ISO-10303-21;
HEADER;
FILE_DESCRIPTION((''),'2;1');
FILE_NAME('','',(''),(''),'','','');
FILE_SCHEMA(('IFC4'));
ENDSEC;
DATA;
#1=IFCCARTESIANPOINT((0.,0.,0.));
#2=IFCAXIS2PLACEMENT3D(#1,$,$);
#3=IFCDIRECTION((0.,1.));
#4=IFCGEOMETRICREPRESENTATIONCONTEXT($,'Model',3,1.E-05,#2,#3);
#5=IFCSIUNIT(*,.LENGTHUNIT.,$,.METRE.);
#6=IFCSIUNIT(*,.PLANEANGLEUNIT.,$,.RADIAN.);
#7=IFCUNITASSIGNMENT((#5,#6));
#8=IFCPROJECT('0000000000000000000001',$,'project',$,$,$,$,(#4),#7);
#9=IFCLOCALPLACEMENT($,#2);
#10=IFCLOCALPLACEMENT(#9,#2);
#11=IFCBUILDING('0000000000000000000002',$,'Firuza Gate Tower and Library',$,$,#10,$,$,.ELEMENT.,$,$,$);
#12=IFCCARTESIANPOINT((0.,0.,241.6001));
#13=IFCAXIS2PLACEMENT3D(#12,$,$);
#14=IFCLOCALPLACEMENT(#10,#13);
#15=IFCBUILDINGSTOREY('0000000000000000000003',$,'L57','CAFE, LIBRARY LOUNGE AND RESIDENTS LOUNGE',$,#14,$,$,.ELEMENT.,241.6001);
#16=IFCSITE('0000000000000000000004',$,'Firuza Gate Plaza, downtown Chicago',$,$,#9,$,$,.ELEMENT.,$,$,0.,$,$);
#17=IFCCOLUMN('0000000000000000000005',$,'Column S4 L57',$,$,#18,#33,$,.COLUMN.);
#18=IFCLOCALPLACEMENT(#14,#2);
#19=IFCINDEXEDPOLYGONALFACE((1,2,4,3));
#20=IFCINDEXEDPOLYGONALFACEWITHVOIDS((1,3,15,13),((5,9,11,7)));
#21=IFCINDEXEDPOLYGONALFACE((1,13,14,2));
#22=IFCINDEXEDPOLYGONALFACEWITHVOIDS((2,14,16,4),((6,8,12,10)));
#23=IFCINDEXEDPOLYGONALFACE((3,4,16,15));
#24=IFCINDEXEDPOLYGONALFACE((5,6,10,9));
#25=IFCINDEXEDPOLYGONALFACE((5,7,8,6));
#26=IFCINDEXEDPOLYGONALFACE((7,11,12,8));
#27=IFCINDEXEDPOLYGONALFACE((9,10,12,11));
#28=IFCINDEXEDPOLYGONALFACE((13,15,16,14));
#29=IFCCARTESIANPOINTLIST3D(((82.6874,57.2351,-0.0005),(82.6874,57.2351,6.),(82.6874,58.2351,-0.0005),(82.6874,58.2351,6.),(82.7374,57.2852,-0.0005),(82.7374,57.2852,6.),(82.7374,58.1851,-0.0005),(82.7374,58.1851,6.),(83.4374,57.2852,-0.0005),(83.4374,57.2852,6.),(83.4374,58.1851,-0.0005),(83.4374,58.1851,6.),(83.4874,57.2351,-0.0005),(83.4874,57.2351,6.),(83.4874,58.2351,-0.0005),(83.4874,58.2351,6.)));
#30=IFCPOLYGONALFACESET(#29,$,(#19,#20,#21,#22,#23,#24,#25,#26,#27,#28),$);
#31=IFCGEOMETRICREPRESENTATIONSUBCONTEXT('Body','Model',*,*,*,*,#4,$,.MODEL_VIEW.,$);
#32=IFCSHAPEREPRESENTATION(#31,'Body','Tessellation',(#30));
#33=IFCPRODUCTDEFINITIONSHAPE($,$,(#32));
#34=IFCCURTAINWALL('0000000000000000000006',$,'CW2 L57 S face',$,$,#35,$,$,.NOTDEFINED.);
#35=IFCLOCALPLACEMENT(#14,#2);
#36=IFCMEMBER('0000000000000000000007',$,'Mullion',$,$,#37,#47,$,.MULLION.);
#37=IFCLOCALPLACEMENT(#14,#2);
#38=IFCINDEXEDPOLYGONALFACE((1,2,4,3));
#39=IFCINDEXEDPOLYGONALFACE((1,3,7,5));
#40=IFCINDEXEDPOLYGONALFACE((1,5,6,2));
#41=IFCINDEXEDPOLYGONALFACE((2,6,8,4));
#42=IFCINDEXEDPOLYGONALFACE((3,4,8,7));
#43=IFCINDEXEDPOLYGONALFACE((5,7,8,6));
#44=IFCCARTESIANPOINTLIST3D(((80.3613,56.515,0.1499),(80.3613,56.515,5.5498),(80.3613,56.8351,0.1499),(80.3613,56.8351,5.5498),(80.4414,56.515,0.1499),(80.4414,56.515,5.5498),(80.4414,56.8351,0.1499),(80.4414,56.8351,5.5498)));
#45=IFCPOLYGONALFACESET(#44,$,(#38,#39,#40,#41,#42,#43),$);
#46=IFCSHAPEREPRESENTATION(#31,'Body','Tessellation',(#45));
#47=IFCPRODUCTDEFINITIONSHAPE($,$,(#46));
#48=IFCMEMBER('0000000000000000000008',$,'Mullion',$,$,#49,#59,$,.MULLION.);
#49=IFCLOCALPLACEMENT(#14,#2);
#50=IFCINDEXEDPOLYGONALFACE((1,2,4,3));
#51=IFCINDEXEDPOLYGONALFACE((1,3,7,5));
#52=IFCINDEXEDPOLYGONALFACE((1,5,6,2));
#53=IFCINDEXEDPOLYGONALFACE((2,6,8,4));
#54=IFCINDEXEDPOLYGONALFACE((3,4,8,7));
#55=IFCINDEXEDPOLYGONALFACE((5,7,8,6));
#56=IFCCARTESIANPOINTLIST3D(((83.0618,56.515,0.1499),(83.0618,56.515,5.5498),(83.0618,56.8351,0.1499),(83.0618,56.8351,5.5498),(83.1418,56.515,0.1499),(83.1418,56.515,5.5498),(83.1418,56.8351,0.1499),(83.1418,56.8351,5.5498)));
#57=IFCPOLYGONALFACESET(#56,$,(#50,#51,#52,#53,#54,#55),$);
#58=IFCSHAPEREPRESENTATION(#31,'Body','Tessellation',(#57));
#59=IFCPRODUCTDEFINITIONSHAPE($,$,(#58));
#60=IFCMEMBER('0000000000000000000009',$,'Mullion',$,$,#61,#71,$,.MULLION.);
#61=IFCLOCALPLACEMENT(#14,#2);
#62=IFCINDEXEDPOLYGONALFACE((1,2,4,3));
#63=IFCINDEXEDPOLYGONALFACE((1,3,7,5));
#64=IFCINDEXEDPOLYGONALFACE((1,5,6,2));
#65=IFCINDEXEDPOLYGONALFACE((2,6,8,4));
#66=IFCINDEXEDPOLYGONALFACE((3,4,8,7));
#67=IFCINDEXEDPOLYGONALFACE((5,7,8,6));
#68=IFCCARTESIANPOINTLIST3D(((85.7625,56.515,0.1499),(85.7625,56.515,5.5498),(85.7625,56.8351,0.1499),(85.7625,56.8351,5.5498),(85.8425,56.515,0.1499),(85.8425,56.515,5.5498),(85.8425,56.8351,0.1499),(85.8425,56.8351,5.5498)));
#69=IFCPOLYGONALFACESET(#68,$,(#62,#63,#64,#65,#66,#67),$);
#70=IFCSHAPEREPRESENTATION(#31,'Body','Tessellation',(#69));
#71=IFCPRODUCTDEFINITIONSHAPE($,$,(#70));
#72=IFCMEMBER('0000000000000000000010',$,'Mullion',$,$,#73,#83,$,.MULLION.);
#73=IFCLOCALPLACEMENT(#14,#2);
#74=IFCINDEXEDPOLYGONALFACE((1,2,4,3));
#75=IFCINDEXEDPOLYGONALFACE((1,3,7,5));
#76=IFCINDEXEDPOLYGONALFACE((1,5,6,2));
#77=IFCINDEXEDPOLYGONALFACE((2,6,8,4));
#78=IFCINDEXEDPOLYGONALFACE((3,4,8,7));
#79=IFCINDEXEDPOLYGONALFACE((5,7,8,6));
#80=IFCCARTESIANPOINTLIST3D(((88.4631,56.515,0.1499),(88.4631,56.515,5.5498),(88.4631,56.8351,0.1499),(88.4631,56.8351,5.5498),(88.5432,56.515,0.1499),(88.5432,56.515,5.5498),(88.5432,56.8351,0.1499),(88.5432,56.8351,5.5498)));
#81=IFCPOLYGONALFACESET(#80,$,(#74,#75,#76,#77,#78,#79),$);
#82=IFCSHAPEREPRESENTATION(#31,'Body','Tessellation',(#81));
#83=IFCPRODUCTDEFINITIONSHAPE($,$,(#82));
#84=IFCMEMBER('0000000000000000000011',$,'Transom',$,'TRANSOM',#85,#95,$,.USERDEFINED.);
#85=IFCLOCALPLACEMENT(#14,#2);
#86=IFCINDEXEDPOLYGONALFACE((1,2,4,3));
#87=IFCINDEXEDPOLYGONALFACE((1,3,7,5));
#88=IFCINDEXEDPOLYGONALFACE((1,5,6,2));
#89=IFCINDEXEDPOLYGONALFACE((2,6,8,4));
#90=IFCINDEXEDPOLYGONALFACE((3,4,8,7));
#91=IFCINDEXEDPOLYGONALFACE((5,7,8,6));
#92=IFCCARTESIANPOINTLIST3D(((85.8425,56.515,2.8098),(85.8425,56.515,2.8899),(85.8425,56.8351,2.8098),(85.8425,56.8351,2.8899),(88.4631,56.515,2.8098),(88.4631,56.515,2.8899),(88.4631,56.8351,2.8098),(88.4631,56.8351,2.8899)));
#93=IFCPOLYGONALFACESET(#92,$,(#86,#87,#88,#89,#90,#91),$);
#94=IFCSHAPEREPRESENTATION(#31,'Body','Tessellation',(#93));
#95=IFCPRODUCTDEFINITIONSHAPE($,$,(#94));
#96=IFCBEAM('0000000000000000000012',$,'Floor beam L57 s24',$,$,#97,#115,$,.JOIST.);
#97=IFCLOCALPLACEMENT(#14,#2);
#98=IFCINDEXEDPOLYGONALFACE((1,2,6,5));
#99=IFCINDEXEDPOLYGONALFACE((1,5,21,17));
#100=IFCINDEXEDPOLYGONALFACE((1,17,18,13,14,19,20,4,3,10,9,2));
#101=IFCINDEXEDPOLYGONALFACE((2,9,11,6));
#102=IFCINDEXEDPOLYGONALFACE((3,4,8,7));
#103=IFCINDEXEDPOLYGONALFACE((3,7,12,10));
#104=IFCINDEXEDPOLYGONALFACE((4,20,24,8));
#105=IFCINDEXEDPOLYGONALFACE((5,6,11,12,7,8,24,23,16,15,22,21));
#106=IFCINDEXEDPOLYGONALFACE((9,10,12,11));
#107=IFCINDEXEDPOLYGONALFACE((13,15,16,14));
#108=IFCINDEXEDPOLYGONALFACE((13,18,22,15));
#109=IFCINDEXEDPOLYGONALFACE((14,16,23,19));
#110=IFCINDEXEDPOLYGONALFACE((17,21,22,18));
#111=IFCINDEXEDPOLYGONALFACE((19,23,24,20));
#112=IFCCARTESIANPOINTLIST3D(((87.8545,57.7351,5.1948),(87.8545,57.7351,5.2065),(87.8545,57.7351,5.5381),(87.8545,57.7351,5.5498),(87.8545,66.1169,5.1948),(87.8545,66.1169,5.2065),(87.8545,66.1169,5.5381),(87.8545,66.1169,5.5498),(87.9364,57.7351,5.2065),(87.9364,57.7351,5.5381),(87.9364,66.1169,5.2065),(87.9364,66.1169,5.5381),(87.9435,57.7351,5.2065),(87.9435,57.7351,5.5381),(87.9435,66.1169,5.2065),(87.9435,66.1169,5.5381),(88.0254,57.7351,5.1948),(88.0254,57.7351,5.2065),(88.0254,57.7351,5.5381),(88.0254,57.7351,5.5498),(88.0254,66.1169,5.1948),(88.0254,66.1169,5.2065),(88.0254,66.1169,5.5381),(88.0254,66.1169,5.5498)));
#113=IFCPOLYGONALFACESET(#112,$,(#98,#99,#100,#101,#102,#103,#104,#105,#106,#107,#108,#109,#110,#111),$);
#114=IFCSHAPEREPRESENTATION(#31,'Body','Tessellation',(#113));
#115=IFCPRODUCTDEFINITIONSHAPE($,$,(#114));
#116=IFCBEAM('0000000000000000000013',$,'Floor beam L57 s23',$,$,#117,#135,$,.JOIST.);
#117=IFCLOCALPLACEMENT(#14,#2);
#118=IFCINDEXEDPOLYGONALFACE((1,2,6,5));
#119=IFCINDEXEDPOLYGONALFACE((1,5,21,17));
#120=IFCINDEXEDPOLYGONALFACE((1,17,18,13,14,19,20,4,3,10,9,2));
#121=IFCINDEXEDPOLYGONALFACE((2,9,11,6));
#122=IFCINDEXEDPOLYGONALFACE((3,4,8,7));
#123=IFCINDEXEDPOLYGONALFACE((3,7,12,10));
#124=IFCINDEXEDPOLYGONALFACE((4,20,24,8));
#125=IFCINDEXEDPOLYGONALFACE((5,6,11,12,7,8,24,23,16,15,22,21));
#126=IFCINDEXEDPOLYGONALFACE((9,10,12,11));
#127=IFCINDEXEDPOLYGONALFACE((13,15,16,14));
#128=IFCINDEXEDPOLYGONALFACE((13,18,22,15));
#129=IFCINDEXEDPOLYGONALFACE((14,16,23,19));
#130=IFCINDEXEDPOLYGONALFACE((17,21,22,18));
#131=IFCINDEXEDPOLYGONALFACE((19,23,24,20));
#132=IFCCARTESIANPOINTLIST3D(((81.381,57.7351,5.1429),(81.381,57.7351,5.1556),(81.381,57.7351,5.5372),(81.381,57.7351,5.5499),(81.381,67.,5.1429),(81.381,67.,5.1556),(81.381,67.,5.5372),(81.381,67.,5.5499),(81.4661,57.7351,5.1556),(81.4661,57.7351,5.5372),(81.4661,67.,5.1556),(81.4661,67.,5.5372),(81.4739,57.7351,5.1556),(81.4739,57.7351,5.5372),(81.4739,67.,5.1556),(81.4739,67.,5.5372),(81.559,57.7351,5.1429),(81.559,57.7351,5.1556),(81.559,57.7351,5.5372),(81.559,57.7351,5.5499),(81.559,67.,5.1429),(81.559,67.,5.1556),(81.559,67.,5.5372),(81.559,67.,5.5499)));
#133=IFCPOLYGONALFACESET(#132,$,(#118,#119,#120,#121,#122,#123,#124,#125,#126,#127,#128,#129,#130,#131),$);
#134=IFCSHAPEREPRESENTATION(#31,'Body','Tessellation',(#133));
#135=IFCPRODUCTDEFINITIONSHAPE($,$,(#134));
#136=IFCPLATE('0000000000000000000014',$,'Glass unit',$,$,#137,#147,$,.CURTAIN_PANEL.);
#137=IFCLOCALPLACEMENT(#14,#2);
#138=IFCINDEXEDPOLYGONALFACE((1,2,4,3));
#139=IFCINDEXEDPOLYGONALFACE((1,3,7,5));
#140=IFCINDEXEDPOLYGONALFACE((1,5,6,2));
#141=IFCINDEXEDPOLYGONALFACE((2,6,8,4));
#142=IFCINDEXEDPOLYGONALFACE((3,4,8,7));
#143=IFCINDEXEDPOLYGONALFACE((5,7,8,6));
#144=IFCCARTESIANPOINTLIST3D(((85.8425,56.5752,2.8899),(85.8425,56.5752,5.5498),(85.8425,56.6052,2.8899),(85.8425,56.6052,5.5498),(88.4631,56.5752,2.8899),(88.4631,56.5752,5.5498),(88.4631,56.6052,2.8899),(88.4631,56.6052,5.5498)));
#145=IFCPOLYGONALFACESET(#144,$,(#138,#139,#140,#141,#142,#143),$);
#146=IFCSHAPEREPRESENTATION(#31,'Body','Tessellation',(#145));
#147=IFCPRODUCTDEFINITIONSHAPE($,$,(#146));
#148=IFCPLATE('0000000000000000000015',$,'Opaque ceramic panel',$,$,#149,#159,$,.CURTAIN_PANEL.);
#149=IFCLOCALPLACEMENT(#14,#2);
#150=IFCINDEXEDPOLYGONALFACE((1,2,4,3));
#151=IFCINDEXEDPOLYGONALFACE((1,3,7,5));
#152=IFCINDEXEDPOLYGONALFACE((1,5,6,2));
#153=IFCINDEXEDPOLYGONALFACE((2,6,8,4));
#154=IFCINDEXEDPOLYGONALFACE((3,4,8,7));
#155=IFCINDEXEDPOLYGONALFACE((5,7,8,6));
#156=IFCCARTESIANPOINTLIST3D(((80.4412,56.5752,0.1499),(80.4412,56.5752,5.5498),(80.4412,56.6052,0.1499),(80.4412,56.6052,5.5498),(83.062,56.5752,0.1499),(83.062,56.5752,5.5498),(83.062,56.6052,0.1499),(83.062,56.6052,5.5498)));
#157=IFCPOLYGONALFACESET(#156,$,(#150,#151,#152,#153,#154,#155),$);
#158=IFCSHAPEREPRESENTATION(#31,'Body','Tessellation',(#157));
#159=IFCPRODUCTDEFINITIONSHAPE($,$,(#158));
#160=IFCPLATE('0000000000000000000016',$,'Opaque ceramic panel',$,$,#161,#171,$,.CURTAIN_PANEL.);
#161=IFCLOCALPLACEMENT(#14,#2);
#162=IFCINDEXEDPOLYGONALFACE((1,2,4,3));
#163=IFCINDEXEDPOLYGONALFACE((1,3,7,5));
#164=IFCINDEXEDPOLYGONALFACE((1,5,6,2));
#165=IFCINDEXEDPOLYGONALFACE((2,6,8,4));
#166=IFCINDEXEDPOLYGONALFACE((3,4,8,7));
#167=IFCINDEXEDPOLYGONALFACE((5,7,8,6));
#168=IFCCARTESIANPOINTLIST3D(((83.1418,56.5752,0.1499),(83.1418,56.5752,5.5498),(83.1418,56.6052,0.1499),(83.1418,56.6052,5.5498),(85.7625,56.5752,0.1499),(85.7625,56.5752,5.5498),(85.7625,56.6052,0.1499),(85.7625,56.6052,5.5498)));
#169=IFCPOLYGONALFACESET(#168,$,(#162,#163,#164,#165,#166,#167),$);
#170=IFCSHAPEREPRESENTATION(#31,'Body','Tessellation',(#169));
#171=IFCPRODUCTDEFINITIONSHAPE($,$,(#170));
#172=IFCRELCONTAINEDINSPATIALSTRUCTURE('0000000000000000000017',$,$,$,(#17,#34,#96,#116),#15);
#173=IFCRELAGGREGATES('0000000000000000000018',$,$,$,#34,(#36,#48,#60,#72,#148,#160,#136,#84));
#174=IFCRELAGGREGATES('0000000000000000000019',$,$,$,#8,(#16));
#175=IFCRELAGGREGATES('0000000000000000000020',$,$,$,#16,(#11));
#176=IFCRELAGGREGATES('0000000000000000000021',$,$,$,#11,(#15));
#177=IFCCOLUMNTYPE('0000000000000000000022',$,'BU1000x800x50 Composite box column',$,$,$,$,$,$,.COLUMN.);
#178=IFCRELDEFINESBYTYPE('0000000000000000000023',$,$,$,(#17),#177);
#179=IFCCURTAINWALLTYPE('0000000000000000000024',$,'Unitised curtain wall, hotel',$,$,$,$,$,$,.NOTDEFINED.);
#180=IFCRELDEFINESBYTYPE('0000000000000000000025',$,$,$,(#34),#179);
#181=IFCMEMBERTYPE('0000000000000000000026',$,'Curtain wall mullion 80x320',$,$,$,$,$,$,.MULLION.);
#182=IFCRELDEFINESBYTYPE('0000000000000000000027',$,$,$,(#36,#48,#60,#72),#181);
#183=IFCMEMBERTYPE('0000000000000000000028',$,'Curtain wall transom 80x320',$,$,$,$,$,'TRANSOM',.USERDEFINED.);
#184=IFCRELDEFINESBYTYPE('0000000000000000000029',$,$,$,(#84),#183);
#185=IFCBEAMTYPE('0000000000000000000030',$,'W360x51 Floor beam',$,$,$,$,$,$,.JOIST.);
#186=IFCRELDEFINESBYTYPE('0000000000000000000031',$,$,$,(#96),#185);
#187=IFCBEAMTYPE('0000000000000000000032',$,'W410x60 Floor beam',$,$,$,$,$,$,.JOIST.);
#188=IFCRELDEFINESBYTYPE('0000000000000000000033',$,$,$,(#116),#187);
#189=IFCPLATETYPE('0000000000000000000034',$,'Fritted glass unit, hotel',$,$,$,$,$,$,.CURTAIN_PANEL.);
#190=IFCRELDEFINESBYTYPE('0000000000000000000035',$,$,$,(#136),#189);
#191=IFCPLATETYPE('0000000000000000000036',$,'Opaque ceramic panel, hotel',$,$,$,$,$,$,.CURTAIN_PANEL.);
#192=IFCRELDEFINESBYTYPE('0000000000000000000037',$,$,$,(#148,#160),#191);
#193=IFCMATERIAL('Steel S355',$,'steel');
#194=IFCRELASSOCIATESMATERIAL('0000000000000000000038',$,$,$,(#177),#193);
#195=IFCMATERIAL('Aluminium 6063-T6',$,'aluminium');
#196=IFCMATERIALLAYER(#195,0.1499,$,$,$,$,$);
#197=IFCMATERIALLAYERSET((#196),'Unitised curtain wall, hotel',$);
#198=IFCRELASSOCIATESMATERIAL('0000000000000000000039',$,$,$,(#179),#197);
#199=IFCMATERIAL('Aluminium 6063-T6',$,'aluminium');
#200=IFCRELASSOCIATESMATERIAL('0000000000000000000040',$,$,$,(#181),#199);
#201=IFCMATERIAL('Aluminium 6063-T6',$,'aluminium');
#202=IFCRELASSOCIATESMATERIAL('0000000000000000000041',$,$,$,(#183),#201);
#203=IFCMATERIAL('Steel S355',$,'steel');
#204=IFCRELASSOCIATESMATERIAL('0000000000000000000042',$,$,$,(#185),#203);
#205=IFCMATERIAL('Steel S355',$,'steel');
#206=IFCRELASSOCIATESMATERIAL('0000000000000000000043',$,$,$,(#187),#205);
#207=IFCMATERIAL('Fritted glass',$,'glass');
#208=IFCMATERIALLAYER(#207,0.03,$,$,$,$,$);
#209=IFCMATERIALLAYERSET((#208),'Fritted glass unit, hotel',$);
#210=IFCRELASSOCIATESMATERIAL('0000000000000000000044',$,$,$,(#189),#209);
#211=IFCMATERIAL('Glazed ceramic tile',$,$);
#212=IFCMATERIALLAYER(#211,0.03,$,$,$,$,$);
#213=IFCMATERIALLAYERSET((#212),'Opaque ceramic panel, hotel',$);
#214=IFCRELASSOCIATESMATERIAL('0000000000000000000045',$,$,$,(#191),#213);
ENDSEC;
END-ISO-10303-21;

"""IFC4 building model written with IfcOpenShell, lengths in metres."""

from ifc_helpers import new_model, si_unit, direction, frame, origin, origin_2d, place, context, subcontext, project, spatial, polyline, rectangle, hollow_rectangle, i_section, outline, extrude, material, layer, layer_set, material_profile, profile_set, type_object, element, aggregate, save


model = new_model("IFC4")

# Units and contexts
model_context = context("Model", 3, precision=1e-05, world=origin(), true_north=direction((0.0, 1.0)))
body_context = subcontext(model_context, "Body", "Model", "MODEL_VIEW")
ifc_project = project(units=[si_unit("LENGTHUNIT", "METRE"), si_unit("PLANEANGLEUNIT", "RADIAN")], contexts=[model_context])

# Site, building, storey
site_placement = place(None, origin())
site = spatial("IfcSite", under=ifc_project, at=site_placement, Name="Firuza Gate Plaza, downtown Chicago", CompositionType="ELEMENT", RefElevation=0.0)
building_placement = place(site_placement, origin())
building = spatial("IfcBuilding", under=site, at=building_placement, Name="Firuza Gate Tower and Library", CompositionType="ELEMENT")
storey_placement = place(building_placement, frame((0.0, 0.0, 241.6001)))
storey = spatial("IfcBuildingStorey", under=building, at=storey_placement, Name="L57", Description="CAFE, LIBRARY LOUNGE AND RESIDENTS LOUNGE", CompositionType="ELEMENT", Elevation=241.6001)

# Column
ifc_material_1 = material(Name="Steel S355", Category="steel")
ifc_material_profile_1 = material_profile(ifc_material_1, hollow_rectangle(XDim=0.8, YDim=1.0, WallThickness=0.05, at=origin_2d()))
ifc_profile_set_1 = profile_set([ifc_material_profile_1], Name="Steel S355")
column_type = type_object("IfcColumnType", Name="BU1000x800x50 Composite box column", PredefinedType="COLUMN", material=ifc_profile_set_1)
column_placement = place(storey_placement, frame((83.0874, 57.7351, -0.0005), z_axis=(0.0, 0.0, 1.0), x_axis=(1.0, 0.0, 0.0)))
element("IfcColumn", 1, at=column_placement, inside=storey, type_object=column_type, Name="Column S4 L57", PredefinedType="COLUMN", context=body_context, shape_type="SweptSolid", body=[
    extrude(hollow_rectangle(XDim=0.8, YDim=1.0, WallThickness=0.05, at=origin_2d()), origin(), (0.0, 0.0, 1.0), 6.0005),
])

# Curtain wall, members
ifc_material_2 = material(Name="Aluminium 6063-T6", Category="aluminium")
ifc_layer_1 = layer(ifc_material_2, 0.1499)
ifc_layer_set_1 = layer_set([ifc_layer_1], Name="Unitised curtain wall, hotel")
curtain_wall_type = type_object("IfcCurtainWallType", Name="Unitised curtain wall, hotel", PredefinedType="NOTDEFINED", material=ifc_layer_set_1)
curtain_wall_placement = place(storey_placement, origin())
curtain_wall = element("IfcCurtainWall", 2, at=curtain_wall_placement, inside=storey, type_object=curtain_wall_type, Name="CW2 L57 S face", PredefinedType="NOTDEFINED")
ifc_material_3 = material(Name="Aluminium 6063-T6", Category="aluminium")
ifc_material_profile_2 = material_profile(ifc_material_3, rectangle(XDim=0.3201, YDim=0.0801, at=origin_2d()))
ifc_profile_set_2 = profile_set([ifc_material_profile_2], Name="Aluminium 6063-T6")
member_type_1 = type_object("IfcMemberType", Name="Curtain wall mullion 80x320", PredefinedType="MULLION", material=ifc_profile_set_2)
member_1_placement = place(storey_placement, frame((80.4014, 56.675, 0.1499), z_axis=(0.0, 0.0, 1.0), x_axis=(0.0, 1.0, 0.0)))
member_1 = element("IfcMember", 3, at=member_1_placement, type_object=member_type_1, Name="Mullion", PredefinedType="MULLION", context=body_context, shape_type="SweptSolid", body=[
    extrude(rectangle(XDim=0.3201, YDim=0.0801, at=origin_2d()), origin(), (0.0, 0.0, 1.0), 5.3999),
])
member_2_placement = place(storey_placement, frame((83.1018, 56.675, 0.1499), z_axis=(0.0, 0.0, 1.0), x_axis=(0.0, 1.0, 0.0)))
member_2 = element("IfcMember", 4, at=member_2_placement, type_object=member_type_1, Name="Mullion", PredefinedType="MULLION", context=body_context, shape_type="SweptSolid", body=[
    extrude(rectangle(XDim=0.3201, YDim=0.0801, at=origin_2d()), origin(), (0.0, 0.0, 1.0), 5.3999),
])
member_3_placement = place(storey_placement, frame((85.8025, 56.675, 0.1499), z_axis=(0.0, 0.0, 1.0), x_axis=(0.0, 1.0, 0.0)))
member_3 = element("IfcMember", 5, at=member_3_placement, type_object=member_type_1, Name="Mullion", PredefinedType="MULLION", context=body_context, shape_type="SweptSolid", body=[
    extrude(rectangle(XDim=0.3201, YDim=0.0801, at=origin_2d()), origin(), (0.0, 0.0, 1.0), 5.3999),
])
member_4_placement = place(storey_placement, frame((88.5032, 56.675, 0.1499), z_axis=(0.0, 0.0, 1.0), x_axis=(0.0, 1.0, 0.0)))
member_4 = element("IfcMember", 6, at=member_4_placement, type_object=member_type_1, Name="Mullion", PredefinedType="MULLION", context=body_context, shape_type="SweptSolid", body=[
    extrude(rectangle(XDim=0.3201, YDim=0.0801, at=origin_2d()), origin(), (0.0, 0.0, 1.0), 5.3999),
])
ifc_material_4 = material(Name="Aluminium 6063-T6", Category="aluminium")
ifc_material_profile_3 = material_profile(ifc_material_4, rectangle(XDim=0.3201, YDim=0.0801, at=origin_2d()))
ifc_profile_set_3 = profile_set([ifc_material_profile_3], Name="Aluminium 6063-T6")
member_type_2 = type_object("IfcMemberType", Name="Curtain wall transom 80x320", ElementType="TRANSOM", PredefinedType="USERDEFINED", material=ifc_profile_set_3)
member_5_placement = place(storey_placement, frame((85.8425, 56.675, 2.8499), z_axis=(1.0, 0.0, 0.0), x_axis=(0.0, 1.0, 0.0)))
member_5 = element("IfcMember", 7, at=member_5_placement, type_object=member_type_2, Name="Transom", ObjectType="TRANSOM", PredefinedType="USERDEFINED", context=body_context, shape_type="SweptSolid", body=[
    extrude(rectangle(XDim=0.3201, YDim=0.0801, at=origin_2d()), origin(), (0.0, 0.0, 1.0), 2.6206),
])

# Beams
ifc_material_5 = material(Name="Steel S355", Category="steel")
ifc_material_profile_4 = material_profile(ifc_material_5, i_section(OverallWidth=0.1709, OverallDepth=0.355, WebThickness=0.0071, FlangeThickness=0.0117, at=origin_2d()))
ifc_profile_set_4 = profile_set([ifc_material_profile_4], Name="Steel S355")
beam_type_1 = type_object("IfcBeamType", Name="W360x51 Floor beam", PredefinedType="JOIST", material=ifc_profile_set_4)
beam_1_placement = place(storey_placement, frame((87.9399, 57.7351, 5.3723), z_axis=(0.0, 1.0, 0.0), x_axis=(-1.0, 0.0, 0.0)))
element("IfcBeam", 8, at=beam_1_placement, inside=storey, type_object=beam_type_1, Name="Floor beam L57 s24", PredefinedType="JOIST", context=body_context, shape_type="SweptSolid", body=[
    extrude(i_section(OverallWidth=0.1709, OverallDepth=0.355, WebThickness=0.0071, FlangeThickness=0.0117, at=origin_2d()), origin(), (0.0, 0.0, 1.0), 8.3818),
])
ifc_material_6 = material(Name="Steel S355", Category="steel")
ifc_material_profile_5 = material_profile(ifc_material_6, i_section(OverallWidth=0.178, OverallDepth=0.407, WebThickness=0.0078, FlangeThickness=0.0127, at=origin_2d()))
ifc_profile_set_5 = profile_set([ifc_material_profile_5], Name="Steel S355")
beam_type_2 = type_object("IfcBeamType", Name="W410x60 Floor beam", PredefinedType="JOIST", material=ifc_profile_set_5)
beam_2_placement = place(storey_placement, frame((81.47, 57.7351, 5.3464), z_axis=(0.0, 1.0, 0.0), x_axis=(-1.0, 0.0, 0.0)))
element("IfcBeam", 9, at=beam_2_placement, inside=storey, type_object=beam_type_2, Name="Floor beam L57 s23", PredefinedType="JOIST", context=body_context, shape_type="SweptSolid", body=[
    extrude(i_section(OverallWidth=0.178, OverallDepth=0.407, WebThickness=0.0078, FlangeThickness=0.0127, at=origin_2d()), origin(), (0.0, 0.0, 1.0), 9.2649),
])

# Plates
ifc_material_7 = material(Name="Fritted glass", Category="glass")
ifc_layer_2 = layer(ifc_material_7, 0.03)
ifc_layer_set_2 = layer_set([ifc_layer_2], Name="Fritted glass unit, hotel")
plate_type_1 = type_object("IfcPlateType", Name="Fritted glass unit, hotel", PredefinedType="CURTAIN_PANEL", material=ifc_layer_set_2)
plate_1_placement = place(storey_placement, frame((85.8425, 56.5752, 2.8899), z_axis=(0.0, -1.0, 0.0), x_axis=(1.0, 0.0, 0.0)))
plate_1 = element("IfcPlate", 10, at=plate_1_placement, type_object=plate_type_1, Name="Glass unit", PredefinedType="CURTAIN_PANEL", context=body_context, shape_type="SweptSolid", body=[
    extrude(outline(polyline([(0.0, 0.0), (2.6206, 0.0), (2.6206, 2.6599), (0.0, 2.6599), (0.0, 0.0)])), origin(), (0.0, 0.0, -1.0), 0.03),
])
ifc_material_8 = material(Name="Glazed ceramic tile")
ifc_layer_3 = layer(ifc_material_8, 0.03)
ifc_layer_set_3 = layer_set([ifc_layer_3], Name="Opaque ceramic panel, hotel")
plate_type_2 = type_object("IfcPlateType", Name="Opaque ceramic panel, hotel", PredefinedType="CURTAIN_PANEL", material=ifc_layer_set_3)
plate_2_placement = place(storey_placement, frame((80.4412, 56.5752, 0.1499), z_axis=(0.0, -1.0, 0.0), x_axis=(1.0, 0.0, 0.0)))
plate_2 = element("IfcPlate", 11, at=plate_2_placement, type_object=plate_type_2, Name="Opaque ceramic panel", PredefinedType="CURTAIN_PANEL", context=body_context, shape_type="SweptSolid", body=[
    extrude(outline(polyline([(0.0, 0.0), (2.6208, 0.0), (2.6208, 5.3999), (0.0, 5.3999), (0.0, 0.0)])), origin(), (0.0, 0.0, -1.0), 0.03),
])
plate_3_placement = place(storey_placement, frame((83.1418, 56.5752, 0.1499), z_axis=(0.0, -1.0, 0.0), x_axis=(1.0, 0.0, 0.0)))
plate_3 = element("IfcPlate", 12, at=plate_3_placement, type_object=plate_type_2, Name="Opaque ceramic panel", PredefinedType="CURTAIN_PANEL", context=body_context, shape_type="SweptSolid", body=[
    extrude(outline(polyline([(0.0, 0.0), (2.6206, 0.0), (2.6206, 5.3999), (0.0, 5.3999), (0.0, 0.0)])), origin(), (0.0, 0.0, -1.0), 0.03),
])
aggregate(curtain_wall, [member_1, member_2, member_3, member_4, plate_2, plate_3, plate_1, member_5])

save(model, "model.ifc")
